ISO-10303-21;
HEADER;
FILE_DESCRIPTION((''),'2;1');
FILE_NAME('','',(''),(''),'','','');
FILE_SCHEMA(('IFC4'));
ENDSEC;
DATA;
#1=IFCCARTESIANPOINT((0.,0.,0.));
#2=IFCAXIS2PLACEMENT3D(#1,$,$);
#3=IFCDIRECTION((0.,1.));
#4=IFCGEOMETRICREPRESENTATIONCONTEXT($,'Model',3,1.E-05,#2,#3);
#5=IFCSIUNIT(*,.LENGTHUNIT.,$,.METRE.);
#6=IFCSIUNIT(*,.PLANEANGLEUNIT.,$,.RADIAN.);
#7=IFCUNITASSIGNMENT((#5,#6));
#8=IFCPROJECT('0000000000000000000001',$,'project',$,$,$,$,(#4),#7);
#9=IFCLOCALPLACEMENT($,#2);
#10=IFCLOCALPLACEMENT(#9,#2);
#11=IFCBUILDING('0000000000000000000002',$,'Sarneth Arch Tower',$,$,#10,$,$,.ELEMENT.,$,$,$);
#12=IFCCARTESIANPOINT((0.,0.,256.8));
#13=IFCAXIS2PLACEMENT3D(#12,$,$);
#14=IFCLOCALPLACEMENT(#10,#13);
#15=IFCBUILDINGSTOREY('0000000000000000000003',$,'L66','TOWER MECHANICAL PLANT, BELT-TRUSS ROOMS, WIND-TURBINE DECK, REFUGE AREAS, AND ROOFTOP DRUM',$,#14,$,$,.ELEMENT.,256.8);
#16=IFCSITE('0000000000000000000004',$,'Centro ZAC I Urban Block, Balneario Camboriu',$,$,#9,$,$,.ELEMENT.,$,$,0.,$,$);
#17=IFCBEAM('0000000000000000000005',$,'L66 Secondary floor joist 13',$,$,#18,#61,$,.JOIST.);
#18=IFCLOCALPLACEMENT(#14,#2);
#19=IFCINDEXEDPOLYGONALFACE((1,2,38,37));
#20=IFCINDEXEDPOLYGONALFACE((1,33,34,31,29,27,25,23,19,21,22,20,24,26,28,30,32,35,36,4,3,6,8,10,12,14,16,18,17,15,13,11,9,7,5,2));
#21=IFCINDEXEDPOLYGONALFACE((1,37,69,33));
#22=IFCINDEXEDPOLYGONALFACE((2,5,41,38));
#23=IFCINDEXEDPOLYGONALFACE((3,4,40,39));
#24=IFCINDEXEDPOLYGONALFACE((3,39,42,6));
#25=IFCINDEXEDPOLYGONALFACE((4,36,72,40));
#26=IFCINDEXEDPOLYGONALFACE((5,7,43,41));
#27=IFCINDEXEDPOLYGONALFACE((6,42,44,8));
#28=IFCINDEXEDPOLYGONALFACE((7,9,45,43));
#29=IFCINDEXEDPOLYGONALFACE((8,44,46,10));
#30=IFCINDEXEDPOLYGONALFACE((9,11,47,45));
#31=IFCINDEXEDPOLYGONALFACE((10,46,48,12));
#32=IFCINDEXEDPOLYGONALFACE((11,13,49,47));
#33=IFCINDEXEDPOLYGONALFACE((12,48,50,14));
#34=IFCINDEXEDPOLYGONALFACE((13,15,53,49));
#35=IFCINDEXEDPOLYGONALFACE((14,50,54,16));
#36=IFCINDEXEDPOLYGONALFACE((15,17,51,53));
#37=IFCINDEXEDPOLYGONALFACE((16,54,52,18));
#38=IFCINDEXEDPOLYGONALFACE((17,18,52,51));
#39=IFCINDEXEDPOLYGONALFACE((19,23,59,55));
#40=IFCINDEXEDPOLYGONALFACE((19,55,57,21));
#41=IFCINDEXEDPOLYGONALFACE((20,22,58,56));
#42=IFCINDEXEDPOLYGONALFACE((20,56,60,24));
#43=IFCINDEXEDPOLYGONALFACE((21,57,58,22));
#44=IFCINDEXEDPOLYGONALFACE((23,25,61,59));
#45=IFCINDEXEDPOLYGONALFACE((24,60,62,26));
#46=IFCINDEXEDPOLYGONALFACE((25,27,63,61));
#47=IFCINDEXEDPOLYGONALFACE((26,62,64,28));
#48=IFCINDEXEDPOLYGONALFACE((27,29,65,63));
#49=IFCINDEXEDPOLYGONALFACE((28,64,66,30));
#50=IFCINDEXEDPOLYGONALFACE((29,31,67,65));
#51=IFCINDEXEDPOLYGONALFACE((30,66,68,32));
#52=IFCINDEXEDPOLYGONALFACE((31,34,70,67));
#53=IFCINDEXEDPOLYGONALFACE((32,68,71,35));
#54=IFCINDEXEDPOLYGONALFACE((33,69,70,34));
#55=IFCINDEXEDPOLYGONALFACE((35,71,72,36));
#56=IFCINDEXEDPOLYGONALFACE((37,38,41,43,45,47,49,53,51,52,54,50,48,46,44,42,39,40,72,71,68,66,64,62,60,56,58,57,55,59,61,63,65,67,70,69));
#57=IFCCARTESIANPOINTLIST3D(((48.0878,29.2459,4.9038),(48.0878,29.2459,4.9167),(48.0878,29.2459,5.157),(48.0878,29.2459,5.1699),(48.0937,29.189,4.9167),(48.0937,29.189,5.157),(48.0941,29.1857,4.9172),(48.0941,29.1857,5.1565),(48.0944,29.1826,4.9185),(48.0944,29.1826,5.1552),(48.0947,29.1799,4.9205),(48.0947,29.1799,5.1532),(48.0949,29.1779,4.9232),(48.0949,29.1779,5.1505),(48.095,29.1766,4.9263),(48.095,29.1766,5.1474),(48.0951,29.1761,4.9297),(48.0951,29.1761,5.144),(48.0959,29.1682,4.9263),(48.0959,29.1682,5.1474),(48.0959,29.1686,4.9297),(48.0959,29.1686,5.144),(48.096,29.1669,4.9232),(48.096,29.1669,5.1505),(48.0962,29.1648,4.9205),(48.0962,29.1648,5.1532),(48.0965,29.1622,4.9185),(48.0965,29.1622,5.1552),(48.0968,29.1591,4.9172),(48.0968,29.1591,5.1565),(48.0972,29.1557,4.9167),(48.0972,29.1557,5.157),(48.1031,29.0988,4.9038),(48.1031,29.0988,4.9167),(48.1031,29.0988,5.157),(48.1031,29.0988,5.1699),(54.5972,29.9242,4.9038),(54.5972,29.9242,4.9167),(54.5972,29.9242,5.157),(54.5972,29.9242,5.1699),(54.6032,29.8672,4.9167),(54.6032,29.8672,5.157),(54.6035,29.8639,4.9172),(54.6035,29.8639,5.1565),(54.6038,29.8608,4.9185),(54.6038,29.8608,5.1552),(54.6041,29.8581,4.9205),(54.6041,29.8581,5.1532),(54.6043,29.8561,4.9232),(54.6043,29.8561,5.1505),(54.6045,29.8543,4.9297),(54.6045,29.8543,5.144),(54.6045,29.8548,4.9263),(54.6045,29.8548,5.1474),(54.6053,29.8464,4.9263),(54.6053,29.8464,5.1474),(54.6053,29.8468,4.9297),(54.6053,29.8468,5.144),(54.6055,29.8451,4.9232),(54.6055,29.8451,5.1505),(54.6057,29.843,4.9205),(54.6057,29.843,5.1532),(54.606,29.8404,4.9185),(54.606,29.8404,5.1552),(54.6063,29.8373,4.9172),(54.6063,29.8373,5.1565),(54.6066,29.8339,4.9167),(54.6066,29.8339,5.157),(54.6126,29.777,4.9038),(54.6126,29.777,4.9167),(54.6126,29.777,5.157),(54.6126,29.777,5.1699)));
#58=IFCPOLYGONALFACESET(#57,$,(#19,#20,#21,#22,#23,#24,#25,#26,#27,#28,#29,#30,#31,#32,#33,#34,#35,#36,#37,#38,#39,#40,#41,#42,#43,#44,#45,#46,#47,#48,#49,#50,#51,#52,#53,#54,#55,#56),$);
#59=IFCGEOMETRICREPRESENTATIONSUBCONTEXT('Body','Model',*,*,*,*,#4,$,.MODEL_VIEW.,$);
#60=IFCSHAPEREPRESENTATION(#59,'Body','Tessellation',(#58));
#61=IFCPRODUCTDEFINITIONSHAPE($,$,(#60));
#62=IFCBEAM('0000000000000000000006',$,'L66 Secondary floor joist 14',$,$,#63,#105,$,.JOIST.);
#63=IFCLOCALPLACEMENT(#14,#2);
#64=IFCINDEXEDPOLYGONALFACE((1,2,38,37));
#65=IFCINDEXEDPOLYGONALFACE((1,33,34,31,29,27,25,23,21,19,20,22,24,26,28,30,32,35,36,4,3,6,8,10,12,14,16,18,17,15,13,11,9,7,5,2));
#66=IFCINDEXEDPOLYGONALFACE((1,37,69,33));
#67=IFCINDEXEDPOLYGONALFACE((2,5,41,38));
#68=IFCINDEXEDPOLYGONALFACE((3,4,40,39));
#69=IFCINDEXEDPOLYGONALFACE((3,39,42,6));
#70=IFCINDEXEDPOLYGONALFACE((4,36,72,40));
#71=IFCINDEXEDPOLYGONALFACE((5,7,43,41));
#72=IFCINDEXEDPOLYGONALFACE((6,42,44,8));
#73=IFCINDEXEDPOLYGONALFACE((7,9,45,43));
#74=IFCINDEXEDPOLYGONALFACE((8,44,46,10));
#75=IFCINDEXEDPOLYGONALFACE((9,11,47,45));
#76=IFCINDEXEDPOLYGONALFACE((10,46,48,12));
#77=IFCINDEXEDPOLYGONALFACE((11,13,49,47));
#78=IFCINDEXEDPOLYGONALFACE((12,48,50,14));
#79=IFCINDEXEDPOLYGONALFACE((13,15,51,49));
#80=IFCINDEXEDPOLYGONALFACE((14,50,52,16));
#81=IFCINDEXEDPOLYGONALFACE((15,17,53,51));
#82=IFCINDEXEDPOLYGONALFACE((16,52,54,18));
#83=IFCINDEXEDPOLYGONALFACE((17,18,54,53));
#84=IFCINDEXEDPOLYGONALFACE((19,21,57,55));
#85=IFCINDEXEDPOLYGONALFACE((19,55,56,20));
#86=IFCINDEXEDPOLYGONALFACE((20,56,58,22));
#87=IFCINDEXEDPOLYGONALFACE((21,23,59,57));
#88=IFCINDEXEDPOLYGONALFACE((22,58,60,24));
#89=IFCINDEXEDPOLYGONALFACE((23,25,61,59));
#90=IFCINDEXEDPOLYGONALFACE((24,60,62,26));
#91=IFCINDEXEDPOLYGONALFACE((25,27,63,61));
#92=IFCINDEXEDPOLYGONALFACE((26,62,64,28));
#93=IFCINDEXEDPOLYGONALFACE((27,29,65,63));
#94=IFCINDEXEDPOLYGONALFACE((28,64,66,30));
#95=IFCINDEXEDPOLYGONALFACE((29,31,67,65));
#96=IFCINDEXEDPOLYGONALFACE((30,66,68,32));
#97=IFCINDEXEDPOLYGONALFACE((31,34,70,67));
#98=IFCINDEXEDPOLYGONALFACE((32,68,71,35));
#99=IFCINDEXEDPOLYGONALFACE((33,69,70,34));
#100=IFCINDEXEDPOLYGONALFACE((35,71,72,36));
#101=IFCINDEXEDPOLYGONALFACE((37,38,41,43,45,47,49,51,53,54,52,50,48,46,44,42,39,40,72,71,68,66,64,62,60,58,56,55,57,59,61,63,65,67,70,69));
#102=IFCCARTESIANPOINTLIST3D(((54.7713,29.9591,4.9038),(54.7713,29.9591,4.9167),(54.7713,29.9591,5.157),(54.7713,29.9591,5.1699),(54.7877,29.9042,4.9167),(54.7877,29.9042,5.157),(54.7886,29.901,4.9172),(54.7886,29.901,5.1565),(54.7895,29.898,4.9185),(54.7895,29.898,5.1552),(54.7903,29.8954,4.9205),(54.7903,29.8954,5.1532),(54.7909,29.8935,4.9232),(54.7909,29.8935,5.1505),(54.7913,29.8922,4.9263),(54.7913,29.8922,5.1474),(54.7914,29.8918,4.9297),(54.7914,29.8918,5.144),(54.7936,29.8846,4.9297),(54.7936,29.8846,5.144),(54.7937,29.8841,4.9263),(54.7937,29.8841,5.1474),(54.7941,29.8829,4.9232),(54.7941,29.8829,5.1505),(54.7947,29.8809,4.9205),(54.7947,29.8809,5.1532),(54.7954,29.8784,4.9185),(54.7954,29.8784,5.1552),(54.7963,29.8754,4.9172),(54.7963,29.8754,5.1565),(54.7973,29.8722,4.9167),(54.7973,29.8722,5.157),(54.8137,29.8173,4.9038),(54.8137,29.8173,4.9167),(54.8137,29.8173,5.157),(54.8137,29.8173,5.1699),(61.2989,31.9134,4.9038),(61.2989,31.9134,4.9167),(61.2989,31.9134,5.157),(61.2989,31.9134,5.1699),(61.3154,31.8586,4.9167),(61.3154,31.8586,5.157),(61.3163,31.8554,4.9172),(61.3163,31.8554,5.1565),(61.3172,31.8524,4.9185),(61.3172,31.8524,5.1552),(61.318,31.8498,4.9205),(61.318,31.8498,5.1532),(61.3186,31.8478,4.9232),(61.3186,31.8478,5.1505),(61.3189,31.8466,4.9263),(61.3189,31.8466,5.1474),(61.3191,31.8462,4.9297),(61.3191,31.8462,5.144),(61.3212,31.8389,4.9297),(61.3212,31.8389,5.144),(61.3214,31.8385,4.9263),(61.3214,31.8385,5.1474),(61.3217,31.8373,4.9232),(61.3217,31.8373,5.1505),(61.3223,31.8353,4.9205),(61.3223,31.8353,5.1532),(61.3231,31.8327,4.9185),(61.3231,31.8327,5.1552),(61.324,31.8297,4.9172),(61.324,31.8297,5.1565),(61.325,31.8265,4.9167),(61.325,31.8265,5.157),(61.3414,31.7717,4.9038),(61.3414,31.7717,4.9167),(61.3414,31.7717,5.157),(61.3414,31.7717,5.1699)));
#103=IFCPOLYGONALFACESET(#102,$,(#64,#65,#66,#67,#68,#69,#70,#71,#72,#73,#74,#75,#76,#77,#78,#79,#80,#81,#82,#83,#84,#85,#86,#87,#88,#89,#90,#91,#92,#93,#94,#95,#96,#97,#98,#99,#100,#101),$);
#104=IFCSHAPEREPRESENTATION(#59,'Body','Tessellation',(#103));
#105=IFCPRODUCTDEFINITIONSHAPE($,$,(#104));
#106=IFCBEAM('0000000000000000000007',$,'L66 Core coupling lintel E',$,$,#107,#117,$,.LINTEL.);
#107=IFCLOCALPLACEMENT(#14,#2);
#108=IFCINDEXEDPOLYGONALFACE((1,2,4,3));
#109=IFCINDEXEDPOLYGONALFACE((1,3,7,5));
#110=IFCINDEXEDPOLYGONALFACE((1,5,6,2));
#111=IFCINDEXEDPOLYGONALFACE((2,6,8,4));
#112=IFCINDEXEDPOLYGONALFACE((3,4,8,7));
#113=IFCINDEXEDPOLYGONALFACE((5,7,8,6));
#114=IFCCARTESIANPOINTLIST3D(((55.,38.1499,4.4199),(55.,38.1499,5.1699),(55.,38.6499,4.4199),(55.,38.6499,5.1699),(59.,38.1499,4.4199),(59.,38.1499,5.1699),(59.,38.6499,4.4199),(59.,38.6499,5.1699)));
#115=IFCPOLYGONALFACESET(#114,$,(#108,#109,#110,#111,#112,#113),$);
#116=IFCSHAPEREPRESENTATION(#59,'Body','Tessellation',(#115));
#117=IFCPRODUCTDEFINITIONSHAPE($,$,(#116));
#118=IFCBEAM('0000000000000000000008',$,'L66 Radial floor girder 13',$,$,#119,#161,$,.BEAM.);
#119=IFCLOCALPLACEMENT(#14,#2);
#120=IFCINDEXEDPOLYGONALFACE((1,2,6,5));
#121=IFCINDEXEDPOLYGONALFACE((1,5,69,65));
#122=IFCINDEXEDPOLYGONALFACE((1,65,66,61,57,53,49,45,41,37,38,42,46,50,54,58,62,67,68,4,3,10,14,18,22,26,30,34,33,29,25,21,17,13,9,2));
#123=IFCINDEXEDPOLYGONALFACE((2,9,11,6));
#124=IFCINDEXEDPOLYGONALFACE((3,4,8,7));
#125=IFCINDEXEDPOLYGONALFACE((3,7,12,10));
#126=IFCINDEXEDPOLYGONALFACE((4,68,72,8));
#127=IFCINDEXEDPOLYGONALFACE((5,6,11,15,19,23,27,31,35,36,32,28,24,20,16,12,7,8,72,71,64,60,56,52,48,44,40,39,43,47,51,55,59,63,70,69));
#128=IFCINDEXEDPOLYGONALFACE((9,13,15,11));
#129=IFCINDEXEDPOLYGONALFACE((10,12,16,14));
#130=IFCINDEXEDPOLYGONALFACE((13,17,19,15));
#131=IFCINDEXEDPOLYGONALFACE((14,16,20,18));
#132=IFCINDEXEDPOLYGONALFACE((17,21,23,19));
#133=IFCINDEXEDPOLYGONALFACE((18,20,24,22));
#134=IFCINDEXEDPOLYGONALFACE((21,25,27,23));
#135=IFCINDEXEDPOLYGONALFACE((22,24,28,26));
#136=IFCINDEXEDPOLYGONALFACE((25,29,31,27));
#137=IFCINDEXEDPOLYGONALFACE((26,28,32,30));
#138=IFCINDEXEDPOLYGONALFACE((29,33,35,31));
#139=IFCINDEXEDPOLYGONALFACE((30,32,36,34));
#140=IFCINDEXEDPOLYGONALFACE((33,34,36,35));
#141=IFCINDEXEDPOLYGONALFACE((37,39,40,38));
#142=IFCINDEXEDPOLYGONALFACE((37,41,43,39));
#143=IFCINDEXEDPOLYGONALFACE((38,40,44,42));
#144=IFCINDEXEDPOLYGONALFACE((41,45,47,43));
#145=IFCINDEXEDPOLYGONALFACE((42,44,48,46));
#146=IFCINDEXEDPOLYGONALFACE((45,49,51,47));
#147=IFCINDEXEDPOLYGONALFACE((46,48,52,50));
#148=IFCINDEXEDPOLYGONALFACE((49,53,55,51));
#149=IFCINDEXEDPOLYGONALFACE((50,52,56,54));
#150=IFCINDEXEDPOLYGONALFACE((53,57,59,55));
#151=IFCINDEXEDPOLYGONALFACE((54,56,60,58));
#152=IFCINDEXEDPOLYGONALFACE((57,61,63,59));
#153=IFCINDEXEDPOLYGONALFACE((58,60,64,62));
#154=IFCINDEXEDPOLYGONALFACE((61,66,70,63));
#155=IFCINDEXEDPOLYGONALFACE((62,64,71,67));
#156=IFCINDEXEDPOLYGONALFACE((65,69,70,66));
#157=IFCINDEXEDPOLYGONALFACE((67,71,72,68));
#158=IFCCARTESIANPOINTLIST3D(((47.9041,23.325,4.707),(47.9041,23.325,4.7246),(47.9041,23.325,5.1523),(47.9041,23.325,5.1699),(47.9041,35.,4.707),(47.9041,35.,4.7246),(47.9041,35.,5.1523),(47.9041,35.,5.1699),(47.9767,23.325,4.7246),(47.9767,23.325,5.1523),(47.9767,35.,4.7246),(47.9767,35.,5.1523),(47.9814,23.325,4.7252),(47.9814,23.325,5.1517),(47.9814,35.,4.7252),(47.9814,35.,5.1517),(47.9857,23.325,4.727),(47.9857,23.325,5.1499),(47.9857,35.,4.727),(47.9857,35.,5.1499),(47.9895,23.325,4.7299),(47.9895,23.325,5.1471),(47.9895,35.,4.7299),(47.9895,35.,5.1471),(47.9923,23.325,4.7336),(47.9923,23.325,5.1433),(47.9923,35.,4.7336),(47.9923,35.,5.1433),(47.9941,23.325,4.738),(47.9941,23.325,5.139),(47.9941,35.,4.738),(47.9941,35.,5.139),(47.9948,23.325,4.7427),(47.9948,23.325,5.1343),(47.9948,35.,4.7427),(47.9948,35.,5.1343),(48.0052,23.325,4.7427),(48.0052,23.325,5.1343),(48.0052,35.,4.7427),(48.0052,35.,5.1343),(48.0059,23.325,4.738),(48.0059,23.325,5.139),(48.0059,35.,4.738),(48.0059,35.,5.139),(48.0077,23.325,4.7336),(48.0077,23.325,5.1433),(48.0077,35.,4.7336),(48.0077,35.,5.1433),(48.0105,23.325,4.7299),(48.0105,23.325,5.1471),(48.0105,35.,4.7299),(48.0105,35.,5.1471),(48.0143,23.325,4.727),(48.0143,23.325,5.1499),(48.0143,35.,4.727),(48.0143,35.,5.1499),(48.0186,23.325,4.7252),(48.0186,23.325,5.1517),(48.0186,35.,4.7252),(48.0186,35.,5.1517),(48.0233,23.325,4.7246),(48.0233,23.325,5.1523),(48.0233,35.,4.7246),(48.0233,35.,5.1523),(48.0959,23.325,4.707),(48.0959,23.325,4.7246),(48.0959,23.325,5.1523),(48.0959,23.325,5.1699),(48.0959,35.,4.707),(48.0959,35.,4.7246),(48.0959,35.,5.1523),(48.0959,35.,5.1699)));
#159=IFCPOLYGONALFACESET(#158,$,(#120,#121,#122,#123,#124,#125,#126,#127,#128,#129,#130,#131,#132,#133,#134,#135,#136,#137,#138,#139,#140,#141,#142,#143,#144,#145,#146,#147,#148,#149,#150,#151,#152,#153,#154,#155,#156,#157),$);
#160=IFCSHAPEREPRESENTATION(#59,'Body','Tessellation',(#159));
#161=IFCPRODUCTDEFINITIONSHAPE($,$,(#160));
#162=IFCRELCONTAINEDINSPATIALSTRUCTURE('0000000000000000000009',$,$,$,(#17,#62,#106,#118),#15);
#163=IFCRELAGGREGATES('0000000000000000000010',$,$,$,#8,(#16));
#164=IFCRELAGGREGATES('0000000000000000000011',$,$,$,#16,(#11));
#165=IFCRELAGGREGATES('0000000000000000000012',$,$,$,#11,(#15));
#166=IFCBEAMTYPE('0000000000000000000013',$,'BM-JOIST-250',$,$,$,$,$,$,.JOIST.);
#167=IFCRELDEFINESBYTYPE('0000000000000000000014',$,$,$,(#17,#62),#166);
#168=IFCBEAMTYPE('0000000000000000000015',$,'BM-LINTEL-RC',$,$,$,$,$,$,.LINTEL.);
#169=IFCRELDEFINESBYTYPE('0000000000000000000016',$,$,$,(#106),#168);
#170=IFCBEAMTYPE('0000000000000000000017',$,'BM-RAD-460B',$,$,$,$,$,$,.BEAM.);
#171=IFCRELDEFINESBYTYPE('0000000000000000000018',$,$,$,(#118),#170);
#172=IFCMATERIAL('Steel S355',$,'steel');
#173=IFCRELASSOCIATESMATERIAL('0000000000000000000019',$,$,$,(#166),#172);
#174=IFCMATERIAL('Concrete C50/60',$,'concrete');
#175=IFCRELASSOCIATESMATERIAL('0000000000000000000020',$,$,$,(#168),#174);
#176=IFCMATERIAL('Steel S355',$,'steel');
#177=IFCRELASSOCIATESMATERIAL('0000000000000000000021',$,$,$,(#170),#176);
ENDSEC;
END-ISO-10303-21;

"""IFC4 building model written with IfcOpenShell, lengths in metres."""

from ifc_helpers import new_model, si_unit, direction, frame, origin, origin_2d, place, context, subcontext, project, spatial, rectangle, i_section, extrude, material, material_profile, profile_set, type_object, element, save


model = new_model("IFC4")

# Units and contexts
model_context = context("Model", 3, precision=1e-05, world=origin(), true_north=direction((0.0, 1.0)))
body_context = subcontext(model_context, "Body", "Model", "MODEL_VIEW")
ifc_project = project(units=[si_unit("LENGTHUNIT", "METRE"), si_unit("PLANEANGLEUNIT", "RADIAN")], contexts=[model_context])

# Site, building, storey
site_placement = place(None, origin())
site = spatial("IfcSite", under=ifc_project, at=site_placement, Name="Centro ZAC I Urban Block, Balneario Camboriu", CompositionType="ELEMENT", RefElevation=0.0)
building_placement = place(site_placement, origin())
building = spatial("IfcBuilding", under=site, at=building_placement, Name="Sarneth Arch Tower", CompositionType="ELEMENT")
storey_placement = place(building_placement, frame((0.0, 0.0, 256.8)))
storey = spatial("IfcBuildingStorey", under=building, at=storey_placement, Name="L66", Description="TOWER MECHANICAL PLANT, BELT-TRUSS ROOMS, WIND-TURBINE DECK, REFUGE AREAS, AND ROOFTOP DRUM", CompositionType="ELEMENT", Elevation=256.8)

# Beams
ifc_material_1 = material(Name="Steel S355", Category="steel")
ifc_material_profile_1 = material_profile(ifc_material_1, i_section(OverallWidth=0.1479, OverallDepth=0.2661, WebThickness=0.0076, FlangeThickness=0.0129, FilletRadius=0.0129, at=origin_2d()), Name="W250x44.8")
ifc_profile_set_1 = profile_set([ifc_material_profile_1], Name="Steel S355")
beam_type_1 = type_object("IfcBeamType", Name="BM-JOIST-250", PredefinedType="JOIST", material=ifc_profile_set_1)
beam_1_placement = place(storey_placement, frame((48.0955, 29.1724, 5.0369), z_axis=(0.994616, 0.103628, 0.0), x_axis=(-0.103628, 0.994616, 0.0)))
element("IfcBeam", 1, at=beam_1_placement, inside=storey, type_object=beam_type_1, Name="L66 Secondary floor joist 13", PredefinedType="JOIST", context=body_context, shape_type="SweptSolid", body=[
    extrude(i_section(OverallWidth=0.1479, OverallDepth=0.2661, WebThickness=0.0076, FlangeThickness=0.0129, FilletRadius=0.0129, at=origin_2d()), origin(), (0.0, 0.0, 1.0), 6.5447),
])
beam_2_placement = place(storey_placement, frame((54.7925, 29.8882, 5.0369), z_axis=(0.957985, 0.286819, 0.0), x_axis=(-0.286819, 0.957985, 0.0)))
element("IfcBeam", 2, at=beam_2_placement, inside=storey, type_object=beam_type_1, Name="L66 Secondary floor joist 14", PredefinedType="JOIST", context=body_context, shape_type="SweptSolid", body=[
    extrude(i_section(OverallWidth=0.1479, OverallDepth=0.2661, WebThickness=0.0076, FlangeThickness=0.0129, FilletRadius=0.0129, at=origin_2d()), origin(), (0.0, 0.0, 1.0), 6.814),
])
ifc_material_2 = material(Name="Concrete C50/60", Category="concrete")
ifc_material_profile_2 = material_profile(ifc_material_2, rectangle(XDim=0.5, YDim=0.75, at=origin_2d()), Name="RC-500x750")
ifc_profile_set_2 = profile_set([ifc_material_profile_2], Name="Concrete C50/60")
beam_type_2 = type_object("IfcBeamType", Name="BM-LINTEL-RC", PredefinedType="LINTEL", material=ifc_profile_set_2)
beam_3_placement = place(storey_placement, frame((55.0, 38.3999, 4.7949), z_axis=(1.0, 0.0, 0.0), x_axis=(0.0, 1.0, 0.0)))
element("IfcBeam", 3, at=beam_3_placement, inside=storey, type_object=beam_type_2, Name="L66 Core coupling lintel E", PredefinedType="LINTEL", context=body_context, shape_type="SweptSolid", body=[
    extrude(rectangle(XDim=0.5, YDim=0.75, at=origin_2d()), origin(), (0.0, 0.0, 1.0), 4.0),
])
ifc_material_3 = material(Name="Steel S355", Category="steel")
ifc_material_profile_3 = material_profile(ifc_material_3, i_section(OverallWidth=0.1919, OverallDepth=0.4629, WebThickness=0.0105, FlangeThickness=0.0176, FilletRadius=0.0181, at=origin_2d()), Name="W460x89")
ifc_profile_set_3 = profile_set([ifc_material_profile_3], Name="Steel S355")
beam_type_3 = type_object("IfcBeamType", Name="BM-RAD-460B", PredefinedType="BEAM", material=ifc_profile_set_3)
beam_4_placement = place(storey_placement, frame((48.0, 35.0, 4.9385), z_axis=(0.0, -1.0, 0.0), x_axis=(1.0, 0.0, 0.0)))
element("IfcBeam", 4, at=beam_4_placement, inside=storey, type_object=beam_type_3, Name="L66 Radial floor girder 13", PredefinedType="BEAM", context=body_context, shape_type="SweptSolid", body=[
    extrude(i_section(OverallWidth=0.1919, OverallDepth=0.4629, WebThickness=0.0105, FlangeThickness=0.0176, FilletRadius=0.0181, at=origin_2d()), origin(), (0.0, 0.0, 1.0), 11.675),
])

save(model, "model.ifc")
